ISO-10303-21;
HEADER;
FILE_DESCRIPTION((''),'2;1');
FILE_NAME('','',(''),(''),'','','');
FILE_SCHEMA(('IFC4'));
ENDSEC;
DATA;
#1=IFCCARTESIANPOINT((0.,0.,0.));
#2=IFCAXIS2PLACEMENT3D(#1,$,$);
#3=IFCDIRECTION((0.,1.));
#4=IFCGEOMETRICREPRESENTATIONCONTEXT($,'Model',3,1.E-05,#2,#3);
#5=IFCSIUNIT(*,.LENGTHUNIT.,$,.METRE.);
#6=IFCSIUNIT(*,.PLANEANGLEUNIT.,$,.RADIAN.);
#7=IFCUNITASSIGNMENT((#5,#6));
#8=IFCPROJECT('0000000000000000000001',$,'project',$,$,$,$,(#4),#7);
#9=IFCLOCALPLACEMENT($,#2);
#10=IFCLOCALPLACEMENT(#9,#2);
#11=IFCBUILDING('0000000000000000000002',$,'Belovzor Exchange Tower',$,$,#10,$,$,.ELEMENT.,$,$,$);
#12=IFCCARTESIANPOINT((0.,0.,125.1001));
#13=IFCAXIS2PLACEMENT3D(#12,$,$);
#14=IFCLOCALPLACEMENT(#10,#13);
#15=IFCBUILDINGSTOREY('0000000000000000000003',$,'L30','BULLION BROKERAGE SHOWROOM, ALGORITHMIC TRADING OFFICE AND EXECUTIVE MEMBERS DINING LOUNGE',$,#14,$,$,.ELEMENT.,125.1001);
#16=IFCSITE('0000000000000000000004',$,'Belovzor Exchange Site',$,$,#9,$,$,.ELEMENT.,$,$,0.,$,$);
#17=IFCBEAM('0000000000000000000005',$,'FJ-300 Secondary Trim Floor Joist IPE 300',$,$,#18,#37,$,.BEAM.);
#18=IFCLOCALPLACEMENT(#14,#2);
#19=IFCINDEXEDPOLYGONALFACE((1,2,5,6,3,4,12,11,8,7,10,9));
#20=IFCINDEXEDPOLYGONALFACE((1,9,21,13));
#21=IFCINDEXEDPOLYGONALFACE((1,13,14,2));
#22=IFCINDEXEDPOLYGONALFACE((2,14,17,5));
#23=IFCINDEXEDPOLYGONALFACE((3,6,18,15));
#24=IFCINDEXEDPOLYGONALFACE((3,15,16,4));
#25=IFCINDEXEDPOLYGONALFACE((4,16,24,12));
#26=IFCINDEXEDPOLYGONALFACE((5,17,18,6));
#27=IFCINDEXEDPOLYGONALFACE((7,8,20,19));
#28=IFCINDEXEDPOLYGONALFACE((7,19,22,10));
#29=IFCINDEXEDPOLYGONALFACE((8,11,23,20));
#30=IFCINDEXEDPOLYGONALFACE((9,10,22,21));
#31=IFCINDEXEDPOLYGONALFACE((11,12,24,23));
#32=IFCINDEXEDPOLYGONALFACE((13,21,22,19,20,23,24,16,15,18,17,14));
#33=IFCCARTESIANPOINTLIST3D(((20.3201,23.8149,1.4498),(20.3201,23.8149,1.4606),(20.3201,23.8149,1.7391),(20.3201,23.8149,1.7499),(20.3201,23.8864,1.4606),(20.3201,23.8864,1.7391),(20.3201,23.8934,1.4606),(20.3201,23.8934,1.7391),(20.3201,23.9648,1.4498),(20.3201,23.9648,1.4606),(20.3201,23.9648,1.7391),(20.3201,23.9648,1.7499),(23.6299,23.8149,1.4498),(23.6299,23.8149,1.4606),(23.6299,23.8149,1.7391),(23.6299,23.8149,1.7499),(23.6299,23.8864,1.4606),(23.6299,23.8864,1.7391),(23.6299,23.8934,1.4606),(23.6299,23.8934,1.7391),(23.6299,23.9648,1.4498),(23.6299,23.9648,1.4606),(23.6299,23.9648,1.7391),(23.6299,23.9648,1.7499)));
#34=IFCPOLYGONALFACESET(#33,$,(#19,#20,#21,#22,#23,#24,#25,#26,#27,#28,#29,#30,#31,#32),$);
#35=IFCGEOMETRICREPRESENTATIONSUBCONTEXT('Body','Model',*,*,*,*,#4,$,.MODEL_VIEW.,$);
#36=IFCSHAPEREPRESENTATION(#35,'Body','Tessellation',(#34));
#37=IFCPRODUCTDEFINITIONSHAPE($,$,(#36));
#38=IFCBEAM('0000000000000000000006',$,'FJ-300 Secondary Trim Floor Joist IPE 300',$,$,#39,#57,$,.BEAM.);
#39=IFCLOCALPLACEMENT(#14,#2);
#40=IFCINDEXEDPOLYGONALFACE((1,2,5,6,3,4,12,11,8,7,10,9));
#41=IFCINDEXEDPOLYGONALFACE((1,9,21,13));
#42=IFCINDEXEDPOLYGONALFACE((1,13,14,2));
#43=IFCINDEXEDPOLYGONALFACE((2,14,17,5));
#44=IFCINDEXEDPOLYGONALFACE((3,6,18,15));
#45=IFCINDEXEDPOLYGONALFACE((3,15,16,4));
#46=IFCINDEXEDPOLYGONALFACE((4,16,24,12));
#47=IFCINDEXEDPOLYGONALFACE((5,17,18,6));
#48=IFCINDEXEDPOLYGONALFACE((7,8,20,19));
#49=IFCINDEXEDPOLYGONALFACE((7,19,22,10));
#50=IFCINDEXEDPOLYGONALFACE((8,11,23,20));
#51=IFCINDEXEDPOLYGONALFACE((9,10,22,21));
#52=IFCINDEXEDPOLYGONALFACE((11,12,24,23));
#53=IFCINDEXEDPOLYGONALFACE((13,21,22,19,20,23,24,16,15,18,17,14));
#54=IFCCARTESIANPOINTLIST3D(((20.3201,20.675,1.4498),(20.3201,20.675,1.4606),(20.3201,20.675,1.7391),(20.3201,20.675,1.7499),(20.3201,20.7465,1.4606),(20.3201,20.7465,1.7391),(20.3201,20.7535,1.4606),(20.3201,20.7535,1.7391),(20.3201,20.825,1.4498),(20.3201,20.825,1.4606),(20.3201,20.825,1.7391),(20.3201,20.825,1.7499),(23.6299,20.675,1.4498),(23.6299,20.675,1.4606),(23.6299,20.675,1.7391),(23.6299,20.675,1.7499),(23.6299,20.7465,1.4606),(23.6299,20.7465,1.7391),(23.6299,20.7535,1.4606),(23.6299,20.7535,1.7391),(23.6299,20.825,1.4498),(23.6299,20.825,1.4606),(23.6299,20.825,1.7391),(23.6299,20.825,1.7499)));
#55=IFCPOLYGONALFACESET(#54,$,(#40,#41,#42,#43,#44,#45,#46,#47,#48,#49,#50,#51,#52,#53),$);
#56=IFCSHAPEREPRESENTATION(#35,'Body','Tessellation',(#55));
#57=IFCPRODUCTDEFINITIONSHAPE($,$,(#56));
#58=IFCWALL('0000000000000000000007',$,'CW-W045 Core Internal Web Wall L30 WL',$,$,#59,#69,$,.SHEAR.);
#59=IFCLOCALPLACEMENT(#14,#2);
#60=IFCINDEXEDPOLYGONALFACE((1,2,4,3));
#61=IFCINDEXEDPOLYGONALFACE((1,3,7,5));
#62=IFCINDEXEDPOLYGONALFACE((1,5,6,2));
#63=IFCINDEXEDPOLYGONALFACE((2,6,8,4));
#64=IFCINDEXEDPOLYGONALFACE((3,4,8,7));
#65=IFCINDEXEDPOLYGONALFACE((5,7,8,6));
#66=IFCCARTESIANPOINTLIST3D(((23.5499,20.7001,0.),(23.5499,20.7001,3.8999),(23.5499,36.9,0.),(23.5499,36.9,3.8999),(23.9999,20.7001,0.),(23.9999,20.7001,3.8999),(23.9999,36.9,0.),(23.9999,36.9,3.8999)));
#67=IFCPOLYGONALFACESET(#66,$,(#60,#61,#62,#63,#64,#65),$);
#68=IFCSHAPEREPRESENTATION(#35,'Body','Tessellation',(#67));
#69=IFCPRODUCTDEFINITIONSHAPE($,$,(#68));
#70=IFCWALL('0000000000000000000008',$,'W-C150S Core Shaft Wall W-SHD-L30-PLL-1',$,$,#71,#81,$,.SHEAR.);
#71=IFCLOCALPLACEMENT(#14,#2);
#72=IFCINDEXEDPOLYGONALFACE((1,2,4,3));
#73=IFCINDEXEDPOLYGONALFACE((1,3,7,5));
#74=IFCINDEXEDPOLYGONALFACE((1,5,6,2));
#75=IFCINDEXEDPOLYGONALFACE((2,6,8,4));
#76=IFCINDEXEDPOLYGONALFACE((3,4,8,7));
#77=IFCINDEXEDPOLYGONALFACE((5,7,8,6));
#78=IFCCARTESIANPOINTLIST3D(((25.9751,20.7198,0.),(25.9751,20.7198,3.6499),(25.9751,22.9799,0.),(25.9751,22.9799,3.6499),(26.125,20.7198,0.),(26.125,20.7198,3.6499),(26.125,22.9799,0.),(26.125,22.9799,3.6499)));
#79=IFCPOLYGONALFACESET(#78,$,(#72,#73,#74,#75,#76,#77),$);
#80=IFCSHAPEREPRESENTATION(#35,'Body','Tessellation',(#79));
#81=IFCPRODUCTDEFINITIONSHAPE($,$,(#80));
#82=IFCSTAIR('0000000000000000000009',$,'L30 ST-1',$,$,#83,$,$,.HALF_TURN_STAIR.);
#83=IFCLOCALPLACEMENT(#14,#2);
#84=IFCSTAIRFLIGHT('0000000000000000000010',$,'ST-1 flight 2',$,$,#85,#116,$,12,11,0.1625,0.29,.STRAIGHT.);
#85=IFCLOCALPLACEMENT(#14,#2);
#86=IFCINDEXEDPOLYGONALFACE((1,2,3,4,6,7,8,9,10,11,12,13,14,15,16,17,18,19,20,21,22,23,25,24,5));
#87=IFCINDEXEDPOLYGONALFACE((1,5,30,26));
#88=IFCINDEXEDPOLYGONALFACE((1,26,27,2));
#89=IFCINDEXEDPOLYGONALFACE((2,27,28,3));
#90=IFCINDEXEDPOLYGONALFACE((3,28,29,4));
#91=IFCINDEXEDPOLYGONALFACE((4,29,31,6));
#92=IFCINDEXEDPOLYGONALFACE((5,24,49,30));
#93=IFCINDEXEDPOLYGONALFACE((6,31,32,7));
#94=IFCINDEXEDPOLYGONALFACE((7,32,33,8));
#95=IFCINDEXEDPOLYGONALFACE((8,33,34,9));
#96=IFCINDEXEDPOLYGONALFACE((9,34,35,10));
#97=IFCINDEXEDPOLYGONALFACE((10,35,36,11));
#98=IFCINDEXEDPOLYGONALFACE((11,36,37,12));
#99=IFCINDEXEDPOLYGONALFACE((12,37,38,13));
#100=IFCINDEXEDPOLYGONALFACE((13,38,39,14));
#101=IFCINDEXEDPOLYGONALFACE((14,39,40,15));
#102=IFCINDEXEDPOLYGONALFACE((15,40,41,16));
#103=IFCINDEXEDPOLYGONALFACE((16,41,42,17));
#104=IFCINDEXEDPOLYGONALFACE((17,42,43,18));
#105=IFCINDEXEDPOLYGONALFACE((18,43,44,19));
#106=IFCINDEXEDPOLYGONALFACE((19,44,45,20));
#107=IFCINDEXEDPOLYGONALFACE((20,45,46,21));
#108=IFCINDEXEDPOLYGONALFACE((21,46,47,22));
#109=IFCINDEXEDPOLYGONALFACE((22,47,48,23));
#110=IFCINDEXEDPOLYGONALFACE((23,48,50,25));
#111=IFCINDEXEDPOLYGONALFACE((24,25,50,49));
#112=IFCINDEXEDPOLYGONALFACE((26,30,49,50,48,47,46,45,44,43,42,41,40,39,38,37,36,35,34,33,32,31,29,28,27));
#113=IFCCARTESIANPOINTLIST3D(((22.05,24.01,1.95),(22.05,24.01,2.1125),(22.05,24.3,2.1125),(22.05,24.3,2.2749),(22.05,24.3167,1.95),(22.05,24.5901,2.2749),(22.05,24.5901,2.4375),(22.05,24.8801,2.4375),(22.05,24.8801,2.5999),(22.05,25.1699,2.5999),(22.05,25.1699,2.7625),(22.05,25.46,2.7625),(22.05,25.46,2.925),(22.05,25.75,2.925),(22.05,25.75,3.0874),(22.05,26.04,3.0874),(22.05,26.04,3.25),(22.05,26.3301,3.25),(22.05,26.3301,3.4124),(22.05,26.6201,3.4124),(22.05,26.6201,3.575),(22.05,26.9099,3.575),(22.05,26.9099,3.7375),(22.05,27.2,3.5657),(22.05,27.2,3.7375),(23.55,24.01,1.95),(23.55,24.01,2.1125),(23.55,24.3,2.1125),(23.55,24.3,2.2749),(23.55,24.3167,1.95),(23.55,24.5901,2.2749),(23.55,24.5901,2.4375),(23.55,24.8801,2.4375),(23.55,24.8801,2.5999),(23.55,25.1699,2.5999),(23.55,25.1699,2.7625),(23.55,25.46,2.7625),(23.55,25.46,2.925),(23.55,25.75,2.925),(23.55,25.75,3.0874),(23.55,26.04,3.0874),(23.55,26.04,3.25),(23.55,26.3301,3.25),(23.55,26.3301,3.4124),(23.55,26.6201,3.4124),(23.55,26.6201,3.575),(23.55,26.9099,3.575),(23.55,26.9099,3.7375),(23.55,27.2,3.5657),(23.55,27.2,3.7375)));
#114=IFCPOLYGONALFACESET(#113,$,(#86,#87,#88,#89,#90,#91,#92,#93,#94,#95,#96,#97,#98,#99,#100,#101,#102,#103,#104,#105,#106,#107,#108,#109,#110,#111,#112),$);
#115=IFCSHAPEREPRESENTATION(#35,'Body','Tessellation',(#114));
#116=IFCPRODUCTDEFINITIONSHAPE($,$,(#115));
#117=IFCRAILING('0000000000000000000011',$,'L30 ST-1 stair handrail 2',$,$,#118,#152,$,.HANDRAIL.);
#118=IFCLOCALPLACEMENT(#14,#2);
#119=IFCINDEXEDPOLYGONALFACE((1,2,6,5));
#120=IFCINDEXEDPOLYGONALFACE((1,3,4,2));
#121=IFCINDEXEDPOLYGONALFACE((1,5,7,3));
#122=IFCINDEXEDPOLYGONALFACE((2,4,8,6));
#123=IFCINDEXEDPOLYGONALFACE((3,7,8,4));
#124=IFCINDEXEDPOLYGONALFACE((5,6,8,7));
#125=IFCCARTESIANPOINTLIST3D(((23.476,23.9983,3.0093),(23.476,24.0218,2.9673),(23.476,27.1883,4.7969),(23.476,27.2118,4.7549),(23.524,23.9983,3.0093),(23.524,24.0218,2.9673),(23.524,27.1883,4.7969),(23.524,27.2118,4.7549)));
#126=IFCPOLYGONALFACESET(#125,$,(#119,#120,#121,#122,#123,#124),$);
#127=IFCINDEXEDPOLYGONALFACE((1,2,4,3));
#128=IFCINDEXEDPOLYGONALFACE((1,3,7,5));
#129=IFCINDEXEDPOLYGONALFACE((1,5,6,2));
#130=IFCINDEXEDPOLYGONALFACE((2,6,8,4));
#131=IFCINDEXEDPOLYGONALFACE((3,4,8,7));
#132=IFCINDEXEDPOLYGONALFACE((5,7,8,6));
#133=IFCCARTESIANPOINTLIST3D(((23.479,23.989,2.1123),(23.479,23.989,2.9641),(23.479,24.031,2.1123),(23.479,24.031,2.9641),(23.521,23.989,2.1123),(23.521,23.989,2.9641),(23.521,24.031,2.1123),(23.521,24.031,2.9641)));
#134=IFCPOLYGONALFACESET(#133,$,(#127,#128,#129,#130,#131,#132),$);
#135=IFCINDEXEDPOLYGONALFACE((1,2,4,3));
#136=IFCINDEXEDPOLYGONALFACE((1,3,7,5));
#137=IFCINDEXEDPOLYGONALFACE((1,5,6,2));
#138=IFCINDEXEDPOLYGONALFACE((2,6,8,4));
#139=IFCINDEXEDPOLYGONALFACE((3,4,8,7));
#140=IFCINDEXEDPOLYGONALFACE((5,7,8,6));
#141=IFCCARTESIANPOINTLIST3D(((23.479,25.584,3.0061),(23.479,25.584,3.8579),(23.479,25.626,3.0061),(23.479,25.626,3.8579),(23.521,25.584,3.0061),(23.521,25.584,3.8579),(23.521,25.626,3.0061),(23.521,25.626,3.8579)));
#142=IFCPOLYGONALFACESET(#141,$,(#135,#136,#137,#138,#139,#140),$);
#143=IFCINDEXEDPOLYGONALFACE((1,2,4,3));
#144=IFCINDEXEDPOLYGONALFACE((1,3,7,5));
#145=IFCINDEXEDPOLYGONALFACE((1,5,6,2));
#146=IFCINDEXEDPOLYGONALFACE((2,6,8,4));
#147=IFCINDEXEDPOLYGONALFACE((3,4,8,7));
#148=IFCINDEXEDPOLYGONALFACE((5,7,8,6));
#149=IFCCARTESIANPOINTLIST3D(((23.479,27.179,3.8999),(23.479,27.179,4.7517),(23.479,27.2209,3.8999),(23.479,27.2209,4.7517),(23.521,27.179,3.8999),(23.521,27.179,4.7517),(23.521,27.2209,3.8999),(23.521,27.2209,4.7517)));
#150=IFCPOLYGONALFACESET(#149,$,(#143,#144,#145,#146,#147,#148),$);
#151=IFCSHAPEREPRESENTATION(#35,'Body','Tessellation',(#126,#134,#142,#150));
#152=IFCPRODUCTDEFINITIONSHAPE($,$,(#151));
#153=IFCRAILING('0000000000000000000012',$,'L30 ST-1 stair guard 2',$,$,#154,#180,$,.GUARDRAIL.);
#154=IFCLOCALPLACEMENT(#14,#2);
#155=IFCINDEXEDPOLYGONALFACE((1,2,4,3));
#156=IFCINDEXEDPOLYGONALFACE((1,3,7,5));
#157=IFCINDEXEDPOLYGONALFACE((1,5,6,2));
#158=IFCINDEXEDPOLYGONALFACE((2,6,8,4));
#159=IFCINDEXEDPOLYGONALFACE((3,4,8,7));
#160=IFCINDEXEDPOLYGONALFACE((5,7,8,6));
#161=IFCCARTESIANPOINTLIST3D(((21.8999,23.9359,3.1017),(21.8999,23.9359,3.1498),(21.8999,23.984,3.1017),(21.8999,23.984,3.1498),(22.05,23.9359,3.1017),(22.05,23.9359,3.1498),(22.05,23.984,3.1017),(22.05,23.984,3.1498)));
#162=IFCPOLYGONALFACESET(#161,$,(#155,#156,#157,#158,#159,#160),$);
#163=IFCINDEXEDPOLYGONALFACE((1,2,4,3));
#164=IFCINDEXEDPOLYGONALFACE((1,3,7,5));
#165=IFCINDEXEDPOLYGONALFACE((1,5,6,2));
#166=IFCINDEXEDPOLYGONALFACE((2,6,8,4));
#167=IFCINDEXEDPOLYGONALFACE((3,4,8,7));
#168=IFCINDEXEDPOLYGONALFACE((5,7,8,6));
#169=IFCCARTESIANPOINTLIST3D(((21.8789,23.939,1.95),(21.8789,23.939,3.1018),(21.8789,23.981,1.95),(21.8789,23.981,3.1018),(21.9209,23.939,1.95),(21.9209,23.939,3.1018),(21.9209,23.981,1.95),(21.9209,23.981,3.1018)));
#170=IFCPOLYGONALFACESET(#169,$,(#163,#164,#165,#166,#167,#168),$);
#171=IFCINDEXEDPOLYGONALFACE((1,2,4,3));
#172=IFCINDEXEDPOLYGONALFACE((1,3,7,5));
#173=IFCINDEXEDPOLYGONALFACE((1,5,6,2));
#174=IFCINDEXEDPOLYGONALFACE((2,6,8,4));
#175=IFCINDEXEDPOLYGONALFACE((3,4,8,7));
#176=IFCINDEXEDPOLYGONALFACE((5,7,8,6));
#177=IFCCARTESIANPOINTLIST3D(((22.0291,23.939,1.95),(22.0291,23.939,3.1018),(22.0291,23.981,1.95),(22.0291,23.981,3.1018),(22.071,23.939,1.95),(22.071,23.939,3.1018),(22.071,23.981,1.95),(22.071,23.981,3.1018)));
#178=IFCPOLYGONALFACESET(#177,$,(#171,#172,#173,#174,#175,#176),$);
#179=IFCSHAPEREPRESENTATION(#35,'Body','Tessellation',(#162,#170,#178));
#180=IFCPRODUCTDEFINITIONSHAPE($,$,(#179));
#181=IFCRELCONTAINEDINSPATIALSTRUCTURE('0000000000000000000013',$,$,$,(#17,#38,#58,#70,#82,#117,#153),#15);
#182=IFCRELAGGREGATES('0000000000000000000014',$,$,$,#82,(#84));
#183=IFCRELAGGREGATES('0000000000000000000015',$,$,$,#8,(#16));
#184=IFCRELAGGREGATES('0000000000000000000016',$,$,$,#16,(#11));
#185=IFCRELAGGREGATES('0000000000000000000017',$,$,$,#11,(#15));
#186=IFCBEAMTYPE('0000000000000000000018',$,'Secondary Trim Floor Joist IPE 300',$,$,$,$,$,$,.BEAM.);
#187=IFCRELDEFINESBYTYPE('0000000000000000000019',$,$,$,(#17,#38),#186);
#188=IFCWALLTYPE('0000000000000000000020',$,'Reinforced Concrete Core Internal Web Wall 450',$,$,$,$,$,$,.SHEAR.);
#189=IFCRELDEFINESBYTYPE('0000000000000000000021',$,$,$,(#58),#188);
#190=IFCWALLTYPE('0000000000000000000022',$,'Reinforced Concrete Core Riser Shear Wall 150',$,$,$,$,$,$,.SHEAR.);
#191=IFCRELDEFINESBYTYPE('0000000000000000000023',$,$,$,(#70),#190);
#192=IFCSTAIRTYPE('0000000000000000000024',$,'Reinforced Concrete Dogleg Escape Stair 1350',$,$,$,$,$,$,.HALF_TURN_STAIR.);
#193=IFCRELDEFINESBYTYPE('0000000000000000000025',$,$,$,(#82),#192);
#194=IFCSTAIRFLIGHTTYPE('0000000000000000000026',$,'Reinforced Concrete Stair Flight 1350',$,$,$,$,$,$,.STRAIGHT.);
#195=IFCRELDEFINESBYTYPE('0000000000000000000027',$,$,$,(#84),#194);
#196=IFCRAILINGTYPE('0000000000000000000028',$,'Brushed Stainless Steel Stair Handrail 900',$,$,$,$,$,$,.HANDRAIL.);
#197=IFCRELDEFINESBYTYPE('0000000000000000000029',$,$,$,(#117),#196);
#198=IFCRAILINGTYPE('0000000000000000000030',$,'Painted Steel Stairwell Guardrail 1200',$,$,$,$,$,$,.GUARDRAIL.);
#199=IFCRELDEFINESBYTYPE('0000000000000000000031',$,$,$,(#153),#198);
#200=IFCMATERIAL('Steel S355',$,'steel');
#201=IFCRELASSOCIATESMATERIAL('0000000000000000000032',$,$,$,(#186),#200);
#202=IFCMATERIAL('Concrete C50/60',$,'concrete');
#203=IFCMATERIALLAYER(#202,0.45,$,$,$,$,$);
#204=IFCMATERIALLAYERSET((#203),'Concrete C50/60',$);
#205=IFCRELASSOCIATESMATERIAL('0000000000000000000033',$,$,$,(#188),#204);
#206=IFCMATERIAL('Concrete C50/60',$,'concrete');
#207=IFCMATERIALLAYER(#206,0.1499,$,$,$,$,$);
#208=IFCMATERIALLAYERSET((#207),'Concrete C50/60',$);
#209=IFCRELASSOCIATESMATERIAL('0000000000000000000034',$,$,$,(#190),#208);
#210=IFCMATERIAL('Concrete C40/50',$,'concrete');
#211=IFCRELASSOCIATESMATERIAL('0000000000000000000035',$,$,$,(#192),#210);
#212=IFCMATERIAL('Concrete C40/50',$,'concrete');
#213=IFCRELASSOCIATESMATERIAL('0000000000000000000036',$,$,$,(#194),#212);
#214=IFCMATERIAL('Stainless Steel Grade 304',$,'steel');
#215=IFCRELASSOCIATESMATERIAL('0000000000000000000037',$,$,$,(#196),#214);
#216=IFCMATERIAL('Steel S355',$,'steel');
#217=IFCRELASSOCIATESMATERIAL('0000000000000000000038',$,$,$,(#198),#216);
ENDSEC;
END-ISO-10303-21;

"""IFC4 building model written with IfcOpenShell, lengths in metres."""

from ifc_helpers import new_model, si_unit, direction, frame, frame_2d, origin, origin_2d, place, context, subcontext, project, spatial, polyline, rectangle, i_section, outline, extrude, material, layer, layer_set, material_profile, profile_set, type_object, element, aggregate, save


model = new_model("IFC4")

# Units and contexts
model_context = context("Model", 3, precision=1e-05, world=origin(), true_north=direction((0.0, 1.0)))
body_context = subcontext(model_context, "Body", "Model", "MODEL_VIEW")
ifc_project = project(units=[si_unit("LENGTHUNIT", "METRE"), si_unit("PLANEANGLEUNIT", "RADIAN")], contexts=[model_context])

# Site, building, storey
site_placement = place(None, origin())
site = spatial("IfcSite", under=ifc_project, at=site_placement, Name="Belovzor Exchange Site", CompositionType="ELEMENT", RefElevation=0.0)
building_placement = place(site_placement, origin())
building = spatial("IfcBuilding", under=site, at=building_placement, Name="Belovzor Exchange Tower", CompositionType="ELEMENT")
storey_placement = place(building_placement, frame((0.0, 0.0, 125.1001)))
storey = spatial("IfcBuildingStorey", under=building, at=storey_placement, Name="L30", Description="BULLION BROKERAGE SHOWROOM, ALGORITHMIC TRADING OFFICE AND EXECUTIVE MEMBERS DINING LOUNGE", CompositionType="ELEMENT", Elevation=125.1001)

# Beams
ifc_material_1 = material(Name="Steel S355", Category="steel")
ifc_material_profile = material_profile(ifc_material_1, i_section(OverallWidth=0.1499, OverallDepth=0.3, WebThickness=0.0071, FlangeThickness=0.0107, at=origin_2d()))
ifc_profile_set = profile_set([ifc_material_profile], Name="Steel S355")
beam_type = type_object("IfcBeamType", Name="Secondary Trim Floor Joist IPE 300", PredefinedType="BEAM", material=ifc_profile_set)
for number, where, z_axis, x_axis, name in (
    (1, (20.3201, 23.8899, 1.5999), (1.0, 0.0, 0.0), (0.0, 1.0, 0.0), "FJ-300 Secondary Trim Floor Joist IPE 300"),
    (2, (20.3201, 20.75, 1.5999), (1.0, 0.0, 0.0), (0.0, 1.0, 0.0), "FJ-300 Secondary Trim Floor Joist IPE 300"),
):
    element("IfcBeam", number, at=place(storey_placement, frame(where, z_axis=z_axis, x_axis=x_axis)), inside=storey, type_object=beam_type, Name=name, PredefinedType="BEAM", context=body_context, shape_type="SweptSolid", body=[
        extrude(i_section(OverallWidth=0.1499, OverallDepth=0.3, WebThickness=0.0071, FlangeThickness=0.0107, at=origin_2d()), origin(), (0.0, 0.0, 1.0), 3.3098),
    ])

# Walls
ifc_material_2 = material(Name="Concrete C50/60", Category="concrete")
ifc_layer_1 = layer(ifc_material_2, 0.45)
ifc_layer_set_1 = layer_set([ifc_layer_1], Name="Concrete C50/60")
wall_type_1 = type_object("IfcWallType", Name="Reinforced Concrete Core Internal Web Wall 450", PredefinedType="SHEAR", material=ifc_layer_set_1)
wall_1_placement = place(storey_placement, frame((23.7749, 20.7, 0.0), z_axis=(0.0, 0.0, 1.0), x_axis=(0.0, 1.0, 0.0)))
element("IfcWall", 3, at=wall_1_placement, inside=storey, type_object=wall_type_1, Name="CW-W045 Core Internal Web Wall L30 WL", PredefinedType="SHEAR", context=body_context, shape_type="SweptSolid", body=[
    extrude(rectangle(XDim=16.2, YDim=0.45, at=frame_2d((8.1001, 0.0))), origin(), (0.0, 0.0, 1.0), 3.8999),
])
ifc_material_3 = material(Name="Concrete C50/60", Category="concrete")
ifc_layer_2 = layer(ifc_material_3, 0.1499)
ifc_layer_set_2 = layer_set([ifc_layer_2], Name="Concrete C50/60")
wall_type_2 = type_object("IfcWallType", Name="Reinforced Concrete Core Riser Shear Wall 150", PredefinedType="SHEAR", material=ifc_layer_set_2)
wall_2_placement = place(storey_placement, frame((26.05, 20.72, 0.0), z_axis=(0.0, 0.0, 1.0), x_axis=(0.0, 1.0, 0.0)))
element("IfcWall", 4, at=wall_2_placement, inside=storey, type_object=wall_type_2, Name="W-C150S Core Shaft Wall W-SHD-L30-PLL-1", PredefinedType="SHEAR", context=body_context, shape_type="SweptSolid", body=[
    extrude(rectangle(XDim=2.26, YDim=0.1499, at=frame_2d((1.1299, 0.0))), origin(), (0.0, 0.0, 1.0), 3.6499),
])

# Stair, stair flight
ifc_material_4 = material(Name="Concrete C40/50", Category="concrete")
stair_type = type_object("IfcStairType", Name="Reinforced Concrete Dogleg Escape Stair 1350", PredefinedType="HALF_TURN_STAIR", material=ifc_material_4)
stair_placement = place(storey_placement, origin())
stair = element("IfcStair", 5, at=stair_placement, inside=storey, type_object=stair_type, Name="L30 ST-1", PredefinedType="HALF_TURN_STAIR")
ifc_material_5 = material(Name="Concrete C40/50", Category="concrete")
stair_flight_type = type_object("IfcStairFlightType", Name="Reinforced Concrete Stair Flight 1350", PredefinedType="STRAIGHT", material=ifc_material_5)
stair_flight_placement = place(storey_placement, frame((22.8, 24.01, 1.95), z_axis=(0.0, 0.0, 1.0), x_axis=(0.0, 1.0, 0.0)))
stair_flight = element("IfcStairFlight", 6, at=stair_flight_placement, type_object=stair_flight_type, Name="ST-1 flight 2", NumberOfRisers=12, NumberOfTreads=11, PredefinedType="STRAIGHT", RiserHeight=0.1625, TreadLength=0.29, context=body_context, shape_type="SweptSolid", body=[
    extrude(outline(polyline([(0.0, 0.0), (0.0, 0.1626), (0.29, 0.1626), (0.29, 0.325), (0.5801, 0.325), (0.5801, 0.4875), (0.8701, 0.4875), (0.8701, 0.6499), (1.1599, 0.6499), (1.1599, 0.8125), (1.45, 0.8125), (1.45, 0.9751), (1.74, 0.9751), (1.74, 1.1375), (2.03, 1.1375), (2.03, 1.3), (2.3201, 1.3), (2.3201, 1.4624), (2.6101, 1.4624), (2.6101, 1.625), (2.8999, 1.625), (2.8999, 1.7876), (3.1899, 1.7876), (3.1899, 1.95), (3.1899, 1.6157), (0.3066, 0.0), (0.0, 0.0)])), frame((0.0, 0.75, 0.0), z_axis=(0.0, -1.0, 0.0), x_axis=(1.0, 0.0, 0.0)), (0.0, 0.0, 1.0), 1.5),
])
aggregate(stair, [stair_flight])

# Railings
ifc_material_6 = material(Name="Stainless Steel Grade 304", Category="steel")
railing_type_1 = type_object("IfcRailingType", Name="Brushed Stainless Steel Stair Handrail 900", PredefinedType="HANDRAIL", material=ifc_material_6)
railing_1_placement = place(storey_placement, frame((23.5, 24.01, 2.1123)))
element("IfcRailing", 7, at=railing_1_placement, inside=storey, type_object=railing_type_1, Name="L30 ST-1 stair handrail 2", PredefinedType="HANDRAIL", context=body_context, shape_type="SweptSolid", body=[
    extrude(rectangle(XDim=0.0481, YDim=0.0481, at=origin_2d()), frame((0.0, 0.0, 0.876), z_axis=(0.0, 0.872363, 0.48886), x_axis=(-1.0, 0.0, 0.0)), (0.0, 0.0, 1.0), 3.6567),
    extrude(rectangle(XDim=0.042, YDim=0.042, at=origin_2d()), origin(), (0.0, 0.0, 1.0), 0.8518),
    extrude(rectangle(XDim=0.042, YDim=0.042, at=origin_2d()), frame((0.0, 1.595, 0.8938)), (0.0, 0.0, 1.0), 0.8518),
    extrude(rectangle(XDim=0.042, YDim=0.042, at=origin_2d()), frame((0.0, 3.1899, 1.7876)), (0.0, 0.0, 1.0), 0.8518),
])
ifc_material_7 = material(Name="Steel S355", Category="steel")
railing_type_2 = type_object("IfcRailingType", Name="Painted Steel Stairwell Guardrail 1200", PredefinedType="GUARDRAIL", material=ifc_material_7)
railing_2_placement = place(storey_placement, frame((21.8999, 23.96, 1.95)))
element("IfcRailing", 8, at=railing_2_placement, inside=storey, type_object=railing_type_2, Name="L30 ST-1 stair guard 2", PredefinedType="GUARDRAIL", context=body_context, shape_type="SweptSolid", body=[
    extrude(rectangle(XDim=0.0481, YDim=0.0481, at=origin_2d()), frame((0.0, 0.0, 1.1758), z_axis=(1.0, 0.0, 0.0), x_axis=(0.0, 1.0, 0.0)), (0.0, 0.0, 1.0), 0.1501),
    extrude(rectangle(XDim=0.042, YDim=0.042, at=origin_2d()), origin(), (0.0, 0.0, 1.0), 1.1519),
    extrude(rectangle(XDim=0.042, YDim=0.042, at=origin_2d()), frame((0.1501, 0.0, 0.0)), (0.0, 0.0, 1.0), 1.1519),
])

save(model, "model.ifc")
